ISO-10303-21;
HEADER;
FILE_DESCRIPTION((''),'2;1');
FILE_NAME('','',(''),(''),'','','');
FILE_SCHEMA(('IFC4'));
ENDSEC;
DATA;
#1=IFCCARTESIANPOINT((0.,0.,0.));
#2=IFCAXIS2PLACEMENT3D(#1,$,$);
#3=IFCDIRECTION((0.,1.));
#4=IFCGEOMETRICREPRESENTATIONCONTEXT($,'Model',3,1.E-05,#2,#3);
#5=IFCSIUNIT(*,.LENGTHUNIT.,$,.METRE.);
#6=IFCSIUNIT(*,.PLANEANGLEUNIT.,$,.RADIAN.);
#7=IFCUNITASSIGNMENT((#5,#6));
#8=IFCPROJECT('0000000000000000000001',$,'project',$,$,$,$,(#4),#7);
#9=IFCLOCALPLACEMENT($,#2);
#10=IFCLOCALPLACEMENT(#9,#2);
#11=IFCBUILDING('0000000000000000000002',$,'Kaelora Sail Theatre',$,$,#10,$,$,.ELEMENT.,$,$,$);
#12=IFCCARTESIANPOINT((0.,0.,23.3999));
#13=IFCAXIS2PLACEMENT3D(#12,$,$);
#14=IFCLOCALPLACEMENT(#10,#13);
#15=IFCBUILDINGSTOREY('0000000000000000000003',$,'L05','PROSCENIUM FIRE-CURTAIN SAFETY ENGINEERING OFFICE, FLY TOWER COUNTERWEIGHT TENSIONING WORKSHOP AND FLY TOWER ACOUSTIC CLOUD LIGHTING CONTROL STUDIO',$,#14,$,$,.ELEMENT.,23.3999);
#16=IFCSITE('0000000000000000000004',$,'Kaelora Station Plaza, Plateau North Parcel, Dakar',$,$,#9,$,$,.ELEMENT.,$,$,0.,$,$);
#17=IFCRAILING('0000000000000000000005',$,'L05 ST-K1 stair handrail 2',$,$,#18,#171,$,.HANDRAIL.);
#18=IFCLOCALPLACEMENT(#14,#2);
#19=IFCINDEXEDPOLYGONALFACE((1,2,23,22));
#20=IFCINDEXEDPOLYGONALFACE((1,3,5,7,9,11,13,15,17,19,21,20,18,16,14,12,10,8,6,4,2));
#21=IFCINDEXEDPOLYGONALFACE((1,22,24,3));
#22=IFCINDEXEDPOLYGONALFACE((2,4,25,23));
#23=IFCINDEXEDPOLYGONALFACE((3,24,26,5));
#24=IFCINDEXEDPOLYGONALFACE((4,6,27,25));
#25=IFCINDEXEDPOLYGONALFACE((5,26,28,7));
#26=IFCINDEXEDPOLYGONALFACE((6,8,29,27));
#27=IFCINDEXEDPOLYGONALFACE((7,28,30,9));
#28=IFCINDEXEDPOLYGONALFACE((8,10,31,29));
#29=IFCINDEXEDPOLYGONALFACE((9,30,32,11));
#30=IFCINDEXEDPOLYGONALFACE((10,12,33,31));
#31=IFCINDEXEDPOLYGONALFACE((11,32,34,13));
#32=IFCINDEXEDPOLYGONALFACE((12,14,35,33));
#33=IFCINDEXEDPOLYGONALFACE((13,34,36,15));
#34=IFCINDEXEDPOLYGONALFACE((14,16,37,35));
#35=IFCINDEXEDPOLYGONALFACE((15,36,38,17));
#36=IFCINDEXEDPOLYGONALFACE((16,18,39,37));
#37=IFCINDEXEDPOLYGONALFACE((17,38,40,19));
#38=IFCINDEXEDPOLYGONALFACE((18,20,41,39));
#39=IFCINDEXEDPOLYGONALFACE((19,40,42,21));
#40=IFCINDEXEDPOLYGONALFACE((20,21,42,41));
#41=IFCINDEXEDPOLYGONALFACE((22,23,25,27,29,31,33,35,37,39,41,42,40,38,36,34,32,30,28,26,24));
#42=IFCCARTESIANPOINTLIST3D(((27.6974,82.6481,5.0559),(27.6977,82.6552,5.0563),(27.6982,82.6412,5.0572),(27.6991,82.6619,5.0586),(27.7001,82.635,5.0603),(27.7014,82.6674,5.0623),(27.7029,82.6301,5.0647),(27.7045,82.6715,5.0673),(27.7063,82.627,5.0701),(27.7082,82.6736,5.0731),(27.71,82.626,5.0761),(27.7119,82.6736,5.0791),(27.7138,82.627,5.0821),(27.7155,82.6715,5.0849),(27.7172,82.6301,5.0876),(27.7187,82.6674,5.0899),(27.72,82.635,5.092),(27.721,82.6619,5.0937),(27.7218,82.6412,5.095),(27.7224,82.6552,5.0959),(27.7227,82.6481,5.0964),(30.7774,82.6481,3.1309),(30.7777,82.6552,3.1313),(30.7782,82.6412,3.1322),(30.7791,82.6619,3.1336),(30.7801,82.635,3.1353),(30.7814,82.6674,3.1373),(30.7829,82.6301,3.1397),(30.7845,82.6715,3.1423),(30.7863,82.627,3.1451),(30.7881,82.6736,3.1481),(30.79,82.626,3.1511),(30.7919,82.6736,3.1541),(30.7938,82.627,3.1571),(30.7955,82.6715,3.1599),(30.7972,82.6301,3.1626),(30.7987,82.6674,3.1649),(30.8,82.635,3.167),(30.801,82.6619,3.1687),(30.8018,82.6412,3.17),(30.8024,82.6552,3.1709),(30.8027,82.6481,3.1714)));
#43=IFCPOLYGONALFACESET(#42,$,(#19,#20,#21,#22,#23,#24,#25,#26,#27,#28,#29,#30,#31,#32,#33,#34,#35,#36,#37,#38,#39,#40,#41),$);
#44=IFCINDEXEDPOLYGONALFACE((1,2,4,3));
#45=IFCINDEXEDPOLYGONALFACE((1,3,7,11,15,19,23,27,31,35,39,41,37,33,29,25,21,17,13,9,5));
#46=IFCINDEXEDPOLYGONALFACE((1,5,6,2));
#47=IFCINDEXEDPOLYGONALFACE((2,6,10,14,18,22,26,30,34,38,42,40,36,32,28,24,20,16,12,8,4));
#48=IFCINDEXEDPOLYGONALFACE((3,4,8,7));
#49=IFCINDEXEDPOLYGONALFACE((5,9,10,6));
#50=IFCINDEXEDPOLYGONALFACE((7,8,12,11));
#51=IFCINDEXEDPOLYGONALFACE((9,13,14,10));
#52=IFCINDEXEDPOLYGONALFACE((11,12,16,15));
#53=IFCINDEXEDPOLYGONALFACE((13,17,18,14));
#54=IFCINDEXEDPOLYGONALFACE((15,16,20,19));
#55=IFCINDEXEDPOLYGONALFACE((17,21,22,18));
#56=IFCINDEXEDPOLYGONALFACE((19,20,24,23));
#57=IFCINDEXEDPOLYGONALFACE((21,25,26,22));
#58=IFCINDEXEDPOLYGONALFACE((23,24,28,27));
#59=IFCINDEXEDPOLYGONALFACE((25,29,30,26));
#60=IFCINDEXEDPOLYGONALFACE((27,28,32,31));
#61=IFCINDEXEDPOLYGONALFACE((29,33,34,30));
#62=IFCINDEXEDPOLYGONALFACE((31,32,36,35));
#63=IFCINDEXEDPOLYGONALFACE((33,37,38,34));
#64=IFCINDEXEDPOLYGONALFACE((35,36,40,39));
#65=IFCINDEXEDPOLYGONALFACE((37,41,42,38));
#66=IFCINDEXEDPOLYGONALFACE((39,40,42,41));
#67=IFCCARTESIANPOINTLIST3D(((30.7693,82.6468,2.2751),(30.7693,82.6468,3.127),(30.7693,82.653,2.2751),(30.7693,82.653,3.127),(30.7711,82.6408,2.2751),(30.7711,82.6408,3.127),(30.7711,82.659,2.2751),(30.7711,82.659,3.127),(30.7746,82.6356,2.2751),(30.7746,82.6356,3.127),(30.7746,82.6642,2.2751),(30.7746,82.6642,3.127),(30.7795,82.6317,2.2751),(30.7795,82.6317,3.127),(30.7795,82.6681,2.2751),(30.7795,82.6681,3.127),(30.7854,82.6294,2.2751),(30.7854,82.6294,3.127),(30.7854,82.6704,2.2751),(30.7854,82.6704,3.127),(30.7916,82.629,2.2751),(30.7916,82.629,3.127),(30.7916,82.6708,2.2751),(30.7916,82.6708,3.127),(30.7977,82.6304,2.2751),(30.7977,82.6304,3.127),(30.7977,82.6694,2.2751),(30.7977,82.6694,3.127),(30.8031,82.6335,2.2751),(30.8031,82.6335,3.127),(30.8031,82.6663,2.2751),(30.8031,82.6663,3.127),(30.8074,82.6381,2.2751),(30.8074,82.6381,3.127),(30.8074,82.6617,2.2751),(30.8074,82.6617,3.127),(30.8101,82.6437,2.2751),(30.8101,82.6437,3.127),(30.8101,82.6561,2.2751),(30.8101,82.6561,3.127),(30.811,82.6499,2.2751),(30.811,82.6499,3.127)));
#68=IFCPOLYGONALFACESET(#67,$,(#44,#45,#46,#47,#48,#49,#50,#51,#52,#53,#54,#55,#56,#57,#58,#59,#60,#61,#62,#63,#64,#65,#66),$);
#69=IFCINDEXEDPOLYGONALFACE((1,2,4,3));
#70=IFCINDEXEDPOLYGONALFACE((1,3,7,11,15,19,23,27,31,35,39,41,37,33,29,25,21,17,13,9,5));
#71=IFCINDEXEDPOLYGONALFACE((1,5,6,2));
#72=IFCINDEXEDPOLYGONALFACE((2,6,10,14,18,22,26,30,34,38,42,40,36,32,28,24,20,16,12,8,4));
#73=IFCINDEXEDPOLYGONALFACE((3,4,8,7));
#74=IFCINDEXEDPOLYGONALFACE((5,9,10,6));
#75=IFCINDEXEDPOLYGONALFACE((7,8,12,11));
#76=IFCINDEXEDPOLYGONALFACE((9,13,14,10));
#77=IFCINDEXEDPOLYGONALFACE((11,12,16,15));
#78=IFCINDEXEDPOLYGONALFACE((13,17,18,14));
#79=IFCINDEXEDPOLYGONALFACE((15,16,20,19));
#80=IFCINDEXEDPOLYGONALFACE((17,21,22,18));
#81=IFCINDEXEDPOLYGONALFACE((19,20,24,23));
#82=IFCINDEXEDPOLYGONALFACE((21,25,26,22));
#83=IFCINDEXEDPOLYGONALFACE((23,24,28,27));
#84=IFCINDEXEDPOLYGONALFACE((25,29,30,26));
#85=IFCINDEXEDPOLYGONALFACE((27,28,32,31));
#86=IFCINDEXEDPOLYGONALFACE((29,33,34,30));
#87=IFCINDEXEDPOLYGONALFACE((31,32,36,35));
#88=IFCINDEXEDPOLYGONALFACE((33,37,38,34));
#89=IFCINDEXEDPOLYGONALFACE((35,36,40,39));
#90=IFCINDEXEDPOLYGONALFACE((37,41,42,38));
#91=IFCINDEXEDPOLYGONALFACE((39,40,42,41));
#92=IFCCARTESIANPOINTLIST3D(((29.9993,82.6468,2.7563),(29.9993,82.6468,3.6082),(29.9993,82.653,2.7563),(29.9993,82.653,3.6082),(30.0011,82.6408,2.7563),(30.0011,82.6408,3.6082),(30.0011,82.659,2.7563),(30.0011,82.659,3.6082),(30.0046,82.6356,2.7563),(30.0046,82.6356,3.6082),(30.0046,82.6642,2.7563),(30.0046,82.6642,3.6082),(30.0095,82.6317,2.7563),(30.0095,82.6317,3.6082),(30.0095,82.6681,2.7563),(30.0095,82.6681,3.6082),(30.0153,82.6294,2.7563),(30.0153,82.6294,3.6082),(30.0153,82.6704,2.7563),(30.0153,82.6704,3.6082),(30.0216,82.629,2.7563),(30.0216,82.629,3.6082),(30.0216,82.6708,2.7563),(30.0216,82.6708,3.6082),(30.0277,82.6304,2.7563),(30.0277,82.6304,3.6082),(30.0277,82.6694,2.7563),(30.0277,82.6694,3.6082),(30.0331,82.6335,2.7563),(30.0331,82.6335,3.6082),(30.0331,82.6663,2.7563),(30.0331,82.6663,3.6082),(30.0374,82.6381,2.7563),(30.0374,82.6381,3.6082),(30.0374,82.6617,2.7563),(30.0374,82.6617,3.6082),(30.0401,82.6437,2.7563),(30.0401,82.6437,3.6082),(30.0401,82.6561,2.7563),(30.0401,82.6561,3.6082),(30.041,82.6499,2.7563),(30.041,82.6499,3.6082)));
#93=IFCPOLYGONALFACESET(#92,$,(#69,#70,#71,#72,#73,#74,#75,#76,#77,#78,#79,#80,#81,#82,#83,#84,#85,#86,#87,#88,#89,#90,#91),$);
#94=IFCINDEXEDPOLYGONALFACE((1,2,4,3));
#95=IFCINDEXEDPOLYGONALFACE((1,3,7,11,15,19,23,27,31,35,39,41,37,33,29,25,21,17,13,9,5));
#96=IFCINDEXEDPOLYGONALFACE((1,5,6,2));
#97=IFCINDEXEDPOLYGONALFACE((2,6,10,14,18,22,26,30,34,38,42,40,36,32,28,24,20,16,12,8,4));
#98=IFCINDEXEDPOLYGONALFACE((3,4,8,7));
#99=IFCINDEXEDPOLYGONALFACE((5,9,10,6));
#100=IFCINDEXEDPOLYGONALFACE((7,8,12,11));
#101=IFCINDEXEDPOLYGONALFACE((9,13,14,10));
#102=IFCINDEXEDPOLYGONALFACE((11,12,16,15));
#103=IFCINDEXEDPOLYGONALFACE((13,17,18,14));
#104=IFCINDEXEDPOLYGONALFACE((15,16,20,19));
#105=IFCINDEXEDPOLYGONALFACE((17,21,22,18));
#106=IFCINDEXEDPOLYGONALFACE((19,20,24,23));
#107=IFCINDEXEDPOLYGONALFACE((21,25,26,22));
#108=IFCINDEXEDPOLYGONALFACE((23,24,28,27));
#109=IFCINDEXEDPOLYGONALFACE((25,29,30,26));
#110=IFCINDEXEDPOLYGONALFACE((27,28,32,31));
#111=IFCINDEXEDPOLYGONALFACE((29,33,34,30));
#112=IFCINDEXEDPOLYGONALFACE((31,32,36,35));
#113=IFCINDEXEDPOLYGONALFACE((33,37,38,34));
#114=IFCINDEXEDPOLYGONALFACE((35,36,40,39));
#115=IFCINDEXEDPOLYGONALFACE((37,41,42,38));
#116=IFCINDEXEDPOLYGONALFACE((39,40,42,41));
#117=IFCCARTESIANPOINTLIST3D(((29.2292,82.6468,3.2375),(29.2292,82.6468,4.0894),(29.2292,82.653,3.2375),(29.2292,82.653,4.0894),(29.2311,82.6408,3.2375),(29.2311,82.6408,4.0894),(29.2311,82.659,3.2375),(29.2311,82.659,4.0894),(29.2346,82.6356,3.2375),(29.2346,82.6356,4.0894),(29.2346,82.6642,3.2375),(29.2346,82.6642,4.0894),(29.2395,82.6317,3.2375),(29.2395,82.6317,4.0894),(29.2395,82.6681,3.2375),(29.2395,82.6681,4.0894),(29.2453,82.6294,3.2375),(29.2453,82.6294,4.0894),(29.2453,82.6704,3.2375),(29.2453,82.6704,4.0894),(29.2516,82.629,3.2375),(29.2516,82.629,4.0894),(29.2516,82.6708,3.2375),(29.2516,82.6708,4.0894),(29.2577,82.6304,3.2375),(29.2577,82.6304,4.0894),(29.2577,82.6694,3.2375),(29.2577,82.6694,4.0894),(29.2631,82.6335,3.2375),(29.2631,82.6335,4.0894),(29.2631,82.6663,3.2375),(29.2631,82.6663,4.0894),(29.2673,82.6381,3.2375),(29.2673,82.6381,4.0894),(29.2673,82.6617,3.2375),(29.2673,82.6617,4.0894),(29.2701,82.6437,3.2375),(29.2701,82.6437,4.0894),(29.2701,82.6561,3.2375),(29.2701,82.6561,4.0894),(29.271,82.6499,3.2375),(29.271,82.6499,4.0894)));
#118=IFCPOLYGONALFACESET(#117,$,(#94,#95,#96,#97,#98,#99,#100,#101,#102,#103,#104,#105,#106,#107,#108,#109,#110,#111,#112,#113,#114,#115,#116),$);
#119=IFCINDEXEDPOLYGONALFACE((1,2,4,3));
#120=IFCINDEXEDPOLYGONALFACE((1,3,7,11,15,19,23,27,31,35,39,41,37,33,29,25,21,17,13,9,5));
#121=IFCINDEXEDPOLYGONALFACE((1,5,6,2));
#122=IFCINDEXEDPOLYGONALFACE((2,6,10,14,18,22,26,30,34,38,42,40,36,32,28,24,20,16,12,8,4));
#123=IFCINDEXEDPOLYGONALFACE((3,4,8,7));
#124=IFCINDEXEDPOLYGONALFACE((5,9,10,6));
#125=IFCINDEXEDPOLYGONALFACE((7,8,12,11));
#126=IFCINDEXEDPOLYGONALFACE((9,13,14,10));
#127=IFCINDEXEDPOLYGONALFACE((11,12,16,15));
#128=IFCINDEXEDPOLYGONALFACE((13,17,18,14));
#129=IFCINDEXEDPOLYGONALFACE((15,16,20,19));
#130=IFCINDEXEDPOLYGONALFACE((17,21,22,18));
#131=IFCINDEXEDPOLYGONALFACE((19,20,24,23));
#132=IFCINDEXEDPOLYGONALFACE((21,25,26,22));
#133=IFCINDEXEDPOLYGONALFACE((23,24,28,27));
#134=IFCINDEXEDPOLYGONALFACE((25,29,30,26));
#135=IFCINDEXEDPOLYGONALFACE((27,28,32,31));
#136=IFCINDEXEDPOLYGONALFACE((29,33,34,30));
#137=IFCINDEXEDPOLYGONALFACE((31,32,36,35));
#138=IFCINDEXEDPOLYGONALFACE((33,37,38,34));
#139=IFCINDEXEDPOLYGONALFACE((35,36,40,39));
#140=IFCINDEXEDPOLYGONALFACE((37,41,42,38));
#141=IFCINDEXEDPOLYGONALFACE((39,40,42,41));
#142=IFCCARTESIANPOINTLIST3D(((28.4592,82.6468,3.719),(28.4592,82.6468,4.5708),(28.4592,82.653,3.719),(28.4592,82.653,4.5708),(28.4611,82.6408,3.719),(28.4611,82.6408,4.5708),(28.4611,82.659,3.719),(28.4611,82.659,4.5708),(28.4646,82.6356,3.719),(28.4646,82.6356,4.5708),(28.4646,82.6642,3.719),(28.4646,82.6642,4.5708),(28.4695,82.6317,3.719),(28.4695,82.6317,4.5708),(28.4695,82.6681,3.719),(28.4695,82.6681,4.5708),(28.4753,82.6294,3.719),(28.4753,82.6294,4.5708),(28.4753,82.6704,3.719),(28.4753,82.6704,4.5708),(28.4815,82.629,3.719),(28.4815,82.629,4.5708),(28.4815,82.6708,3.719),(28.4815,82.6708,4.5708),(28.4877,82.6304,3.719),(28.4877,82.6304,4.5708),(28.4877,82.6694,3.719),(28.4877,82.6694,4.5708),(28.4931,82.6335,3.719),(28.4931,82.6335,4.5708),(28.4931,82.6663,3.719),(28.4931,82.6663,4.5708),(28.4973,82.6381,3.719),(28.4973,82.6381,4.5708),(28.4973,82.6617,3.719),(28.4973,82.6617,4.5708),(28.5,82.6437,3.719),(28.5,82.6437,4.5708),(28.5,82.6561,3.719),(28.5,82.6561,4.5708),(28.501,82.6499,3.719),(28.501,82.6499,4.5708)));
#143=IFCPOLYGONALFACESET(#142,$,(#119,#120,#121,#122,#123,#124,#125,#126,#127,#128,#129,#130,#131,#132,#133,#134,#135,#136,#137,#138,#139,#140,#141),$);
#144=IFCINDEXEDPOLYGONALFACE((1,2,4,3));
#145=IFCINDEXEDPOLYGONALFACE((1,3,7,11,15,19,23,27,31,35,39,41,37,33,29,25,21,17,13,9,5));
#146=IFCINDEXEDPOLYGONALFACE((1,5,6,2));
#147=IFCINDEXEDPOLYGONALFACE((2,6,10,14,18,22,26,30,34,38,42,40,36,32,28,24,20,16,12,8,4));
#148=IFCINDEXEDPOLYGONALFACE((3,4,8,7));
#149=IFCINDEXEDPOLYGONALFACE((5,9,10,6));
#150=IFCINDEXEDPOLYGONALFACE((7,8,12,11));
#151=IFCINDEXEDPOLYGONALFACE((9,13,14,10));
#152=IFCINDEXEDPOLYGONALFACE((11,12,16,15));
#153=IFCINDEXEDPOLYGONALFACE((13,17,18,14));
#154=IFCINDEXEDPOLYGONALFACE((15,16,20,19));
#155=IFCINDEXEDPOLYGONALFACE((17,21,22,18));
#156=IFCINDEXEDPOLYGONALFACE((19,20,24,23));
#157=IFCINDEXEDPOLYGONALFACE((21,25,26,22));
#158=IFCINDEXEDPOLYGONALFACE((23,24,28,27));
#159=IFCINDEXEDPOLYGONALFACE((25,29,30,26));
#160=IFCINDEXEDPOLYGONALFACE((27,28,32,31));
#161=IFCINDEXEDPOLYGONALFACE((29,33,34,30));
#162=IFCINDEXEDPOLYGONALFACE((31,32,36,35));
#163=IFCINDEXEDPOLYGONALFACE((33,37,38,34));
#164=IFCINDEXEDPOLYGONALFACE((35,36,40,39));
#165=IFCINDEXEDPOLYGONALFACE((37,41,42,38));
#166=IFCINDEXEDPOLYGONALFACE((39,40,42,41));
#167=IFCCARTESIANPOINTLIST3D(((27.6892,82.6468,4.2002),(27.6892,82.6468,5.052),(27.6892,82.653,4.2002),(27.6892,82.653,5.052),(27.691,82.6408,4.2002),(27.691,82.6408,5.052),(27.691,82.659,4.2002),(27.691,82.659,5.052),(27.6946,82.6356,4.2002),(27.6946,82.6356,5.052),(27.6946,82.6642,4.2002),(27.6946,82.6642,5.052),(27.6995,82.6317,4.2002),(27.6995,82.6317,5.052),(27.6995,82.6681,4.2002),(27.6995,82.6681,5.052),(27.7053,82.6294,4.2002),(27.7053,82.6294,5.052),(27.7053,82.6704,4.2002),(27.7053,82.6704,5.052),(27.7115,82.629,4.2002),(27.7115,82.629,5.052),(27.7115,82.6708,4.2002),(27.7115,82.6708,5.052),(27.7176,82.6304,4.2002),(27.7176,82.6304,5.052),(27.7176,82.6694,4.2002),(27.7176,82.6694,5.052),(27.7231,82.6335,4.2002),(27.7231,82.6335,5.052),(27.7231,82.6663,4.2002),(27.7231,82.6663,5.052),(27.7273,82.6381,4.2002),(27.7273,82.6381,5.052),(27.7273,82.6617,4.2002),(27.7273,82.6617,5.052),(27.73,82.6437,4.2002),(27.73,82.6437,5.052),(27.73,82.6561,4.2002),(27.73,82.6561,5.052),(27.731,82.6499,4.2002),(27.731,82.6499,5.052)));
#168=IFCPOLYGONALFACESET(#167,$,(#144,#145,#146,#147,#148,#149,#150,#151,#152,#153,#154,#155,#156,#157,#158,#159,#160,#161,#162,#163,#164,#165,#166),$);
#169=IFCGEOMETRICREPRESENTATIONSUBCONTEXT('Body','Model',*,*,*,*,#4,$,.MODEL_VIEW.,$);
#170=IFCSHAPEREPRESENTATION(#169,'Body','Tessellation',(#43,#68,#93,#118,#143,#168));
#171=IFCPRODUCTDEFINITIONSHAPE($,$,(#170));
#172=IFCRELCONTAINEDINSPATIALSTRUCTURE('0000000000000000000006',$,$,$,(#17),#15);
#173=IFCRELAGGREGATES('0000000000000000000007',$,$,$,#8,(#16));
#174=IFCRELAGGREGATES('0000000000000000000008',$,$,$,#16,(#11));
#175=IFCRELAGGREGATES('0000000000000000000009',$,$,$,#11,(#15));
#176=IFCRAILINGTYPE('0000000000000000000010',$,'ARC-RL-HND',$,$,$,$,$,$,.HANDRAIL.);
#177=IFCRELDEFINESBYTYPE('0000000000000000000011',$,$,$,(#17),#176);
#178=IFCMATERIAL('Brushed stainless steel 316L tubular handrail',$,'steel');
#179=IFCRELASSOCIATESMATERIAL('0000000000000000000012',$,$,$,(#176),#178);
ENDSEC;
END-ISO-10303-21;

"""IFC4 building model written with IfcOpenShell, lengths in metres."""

from ifc_helpers import new_model, si_unit, direction, frame, origin, origin_2d, place, context, subcontext, project, spatial, circle, extrude, material, type_object, element, save


model = new_model("IFC4")

# Units and contexts
model_context = context("Model", 3, precision=1e-05, world=origin(), true_north=direction((0.0, 1.0)))
body_context = subcontext(model_context, "Body", "Model", "MODEL_VIEW")
ifc_project = project(units=[si_unit("LENGTHUNIT", "METRE"), si_unit("PLANEANGLEUNIT", "RADIAN")], contexts=[model_context])

# Site, building, storey
site_placement = place(None, origin())
site = spatial("IfcSite", under=ifc_project, at=site_placement, Name="Kaelora Station Plaza, Plateau North Parcel, Dakar", CompositionType="ELEMENT", RefElevation=0.0)
building_placement = place(site_placement, origin())
building = spatial("IfcBuilding", under=site, at=building_placement, Name="Kaelora Sail Theatre", CompositionType="ELEMENT")
storey_placement = place(building_placement, frame((0.0, 0.0, 23.3999)))
storey = spatial("IfcBuildingStorey", under=building, at=storey_placement, Name="L05", Description="PROSCENIUM FIRE-CURTAIN SAFETY ENGINEERING OFFICE, FLY TOWER COUNTERWEIGHT TENSIONING WORKSHOP AND FLY TOWER ACOUSTIC CLOUD LIGHTING CONTROL STUDIO", CompositionType="ELEMENT", Elevation=23.3999)

# Railing
ifc_material_1 = material(Name="Brushed stainless steel 316L tubular handrail", Category="steel")
railing_type_1 = type_object("IfcRailingType", Name="ARC-RL-HND", PredefinedType="HANDRAIL", material=ifc_material_1)
railing_1_placement = place(storey_placement, frame((30.79, 82.6499, 2.2751)))
element("IfcRailing", 1, at=railing_1_placement, inside=storey, type_object=railing_type_1, Name="L05 ST-K1 stair handrail 2", PredefinedType="HANDRAIL", context=body_context, shape_type="SweptSolid", body=[
    extrude(circle(Radius=0.0239, at=origin_2d()), frame((0.0, 0.0, 0.876), z_axis=(-0.847998, 0.0, 0.529999), x_axis=(0.0, -1.0, 0.0)), (0.0, 0.0, 1.0), 3.6321),
    extrude(circle(Radius=0.021, at=origin_2d()), origin(), (0.0, 0.0, 1.0), 0.8518),
    extrude(circle(Radius=0.021, at=origin_2d()), frame((-0.77, 0.0, 0.4812)), (0.0, 0.0, 1.0), 0.8518),
    extrude(circle(Radius=0.021, at=origin_2d()), frame((-1.54, 0.0, 0.9624)), (0.0, 0.0, 1.0), 0.8518),
    extrude(circle(Radius=0.021, at=origin_2d()), frame((-2.3101, 0.0, 1.4438)), (0.0, 0.0, 1.0), 0.8518),
    extrude(circle(Radius=0.021, at=origin_2d()), frame((-3.0801, 0.0, 1.925)), (0.0, 0.0, 1.0), 0.8518),
])

save(model, "model.ifc")
